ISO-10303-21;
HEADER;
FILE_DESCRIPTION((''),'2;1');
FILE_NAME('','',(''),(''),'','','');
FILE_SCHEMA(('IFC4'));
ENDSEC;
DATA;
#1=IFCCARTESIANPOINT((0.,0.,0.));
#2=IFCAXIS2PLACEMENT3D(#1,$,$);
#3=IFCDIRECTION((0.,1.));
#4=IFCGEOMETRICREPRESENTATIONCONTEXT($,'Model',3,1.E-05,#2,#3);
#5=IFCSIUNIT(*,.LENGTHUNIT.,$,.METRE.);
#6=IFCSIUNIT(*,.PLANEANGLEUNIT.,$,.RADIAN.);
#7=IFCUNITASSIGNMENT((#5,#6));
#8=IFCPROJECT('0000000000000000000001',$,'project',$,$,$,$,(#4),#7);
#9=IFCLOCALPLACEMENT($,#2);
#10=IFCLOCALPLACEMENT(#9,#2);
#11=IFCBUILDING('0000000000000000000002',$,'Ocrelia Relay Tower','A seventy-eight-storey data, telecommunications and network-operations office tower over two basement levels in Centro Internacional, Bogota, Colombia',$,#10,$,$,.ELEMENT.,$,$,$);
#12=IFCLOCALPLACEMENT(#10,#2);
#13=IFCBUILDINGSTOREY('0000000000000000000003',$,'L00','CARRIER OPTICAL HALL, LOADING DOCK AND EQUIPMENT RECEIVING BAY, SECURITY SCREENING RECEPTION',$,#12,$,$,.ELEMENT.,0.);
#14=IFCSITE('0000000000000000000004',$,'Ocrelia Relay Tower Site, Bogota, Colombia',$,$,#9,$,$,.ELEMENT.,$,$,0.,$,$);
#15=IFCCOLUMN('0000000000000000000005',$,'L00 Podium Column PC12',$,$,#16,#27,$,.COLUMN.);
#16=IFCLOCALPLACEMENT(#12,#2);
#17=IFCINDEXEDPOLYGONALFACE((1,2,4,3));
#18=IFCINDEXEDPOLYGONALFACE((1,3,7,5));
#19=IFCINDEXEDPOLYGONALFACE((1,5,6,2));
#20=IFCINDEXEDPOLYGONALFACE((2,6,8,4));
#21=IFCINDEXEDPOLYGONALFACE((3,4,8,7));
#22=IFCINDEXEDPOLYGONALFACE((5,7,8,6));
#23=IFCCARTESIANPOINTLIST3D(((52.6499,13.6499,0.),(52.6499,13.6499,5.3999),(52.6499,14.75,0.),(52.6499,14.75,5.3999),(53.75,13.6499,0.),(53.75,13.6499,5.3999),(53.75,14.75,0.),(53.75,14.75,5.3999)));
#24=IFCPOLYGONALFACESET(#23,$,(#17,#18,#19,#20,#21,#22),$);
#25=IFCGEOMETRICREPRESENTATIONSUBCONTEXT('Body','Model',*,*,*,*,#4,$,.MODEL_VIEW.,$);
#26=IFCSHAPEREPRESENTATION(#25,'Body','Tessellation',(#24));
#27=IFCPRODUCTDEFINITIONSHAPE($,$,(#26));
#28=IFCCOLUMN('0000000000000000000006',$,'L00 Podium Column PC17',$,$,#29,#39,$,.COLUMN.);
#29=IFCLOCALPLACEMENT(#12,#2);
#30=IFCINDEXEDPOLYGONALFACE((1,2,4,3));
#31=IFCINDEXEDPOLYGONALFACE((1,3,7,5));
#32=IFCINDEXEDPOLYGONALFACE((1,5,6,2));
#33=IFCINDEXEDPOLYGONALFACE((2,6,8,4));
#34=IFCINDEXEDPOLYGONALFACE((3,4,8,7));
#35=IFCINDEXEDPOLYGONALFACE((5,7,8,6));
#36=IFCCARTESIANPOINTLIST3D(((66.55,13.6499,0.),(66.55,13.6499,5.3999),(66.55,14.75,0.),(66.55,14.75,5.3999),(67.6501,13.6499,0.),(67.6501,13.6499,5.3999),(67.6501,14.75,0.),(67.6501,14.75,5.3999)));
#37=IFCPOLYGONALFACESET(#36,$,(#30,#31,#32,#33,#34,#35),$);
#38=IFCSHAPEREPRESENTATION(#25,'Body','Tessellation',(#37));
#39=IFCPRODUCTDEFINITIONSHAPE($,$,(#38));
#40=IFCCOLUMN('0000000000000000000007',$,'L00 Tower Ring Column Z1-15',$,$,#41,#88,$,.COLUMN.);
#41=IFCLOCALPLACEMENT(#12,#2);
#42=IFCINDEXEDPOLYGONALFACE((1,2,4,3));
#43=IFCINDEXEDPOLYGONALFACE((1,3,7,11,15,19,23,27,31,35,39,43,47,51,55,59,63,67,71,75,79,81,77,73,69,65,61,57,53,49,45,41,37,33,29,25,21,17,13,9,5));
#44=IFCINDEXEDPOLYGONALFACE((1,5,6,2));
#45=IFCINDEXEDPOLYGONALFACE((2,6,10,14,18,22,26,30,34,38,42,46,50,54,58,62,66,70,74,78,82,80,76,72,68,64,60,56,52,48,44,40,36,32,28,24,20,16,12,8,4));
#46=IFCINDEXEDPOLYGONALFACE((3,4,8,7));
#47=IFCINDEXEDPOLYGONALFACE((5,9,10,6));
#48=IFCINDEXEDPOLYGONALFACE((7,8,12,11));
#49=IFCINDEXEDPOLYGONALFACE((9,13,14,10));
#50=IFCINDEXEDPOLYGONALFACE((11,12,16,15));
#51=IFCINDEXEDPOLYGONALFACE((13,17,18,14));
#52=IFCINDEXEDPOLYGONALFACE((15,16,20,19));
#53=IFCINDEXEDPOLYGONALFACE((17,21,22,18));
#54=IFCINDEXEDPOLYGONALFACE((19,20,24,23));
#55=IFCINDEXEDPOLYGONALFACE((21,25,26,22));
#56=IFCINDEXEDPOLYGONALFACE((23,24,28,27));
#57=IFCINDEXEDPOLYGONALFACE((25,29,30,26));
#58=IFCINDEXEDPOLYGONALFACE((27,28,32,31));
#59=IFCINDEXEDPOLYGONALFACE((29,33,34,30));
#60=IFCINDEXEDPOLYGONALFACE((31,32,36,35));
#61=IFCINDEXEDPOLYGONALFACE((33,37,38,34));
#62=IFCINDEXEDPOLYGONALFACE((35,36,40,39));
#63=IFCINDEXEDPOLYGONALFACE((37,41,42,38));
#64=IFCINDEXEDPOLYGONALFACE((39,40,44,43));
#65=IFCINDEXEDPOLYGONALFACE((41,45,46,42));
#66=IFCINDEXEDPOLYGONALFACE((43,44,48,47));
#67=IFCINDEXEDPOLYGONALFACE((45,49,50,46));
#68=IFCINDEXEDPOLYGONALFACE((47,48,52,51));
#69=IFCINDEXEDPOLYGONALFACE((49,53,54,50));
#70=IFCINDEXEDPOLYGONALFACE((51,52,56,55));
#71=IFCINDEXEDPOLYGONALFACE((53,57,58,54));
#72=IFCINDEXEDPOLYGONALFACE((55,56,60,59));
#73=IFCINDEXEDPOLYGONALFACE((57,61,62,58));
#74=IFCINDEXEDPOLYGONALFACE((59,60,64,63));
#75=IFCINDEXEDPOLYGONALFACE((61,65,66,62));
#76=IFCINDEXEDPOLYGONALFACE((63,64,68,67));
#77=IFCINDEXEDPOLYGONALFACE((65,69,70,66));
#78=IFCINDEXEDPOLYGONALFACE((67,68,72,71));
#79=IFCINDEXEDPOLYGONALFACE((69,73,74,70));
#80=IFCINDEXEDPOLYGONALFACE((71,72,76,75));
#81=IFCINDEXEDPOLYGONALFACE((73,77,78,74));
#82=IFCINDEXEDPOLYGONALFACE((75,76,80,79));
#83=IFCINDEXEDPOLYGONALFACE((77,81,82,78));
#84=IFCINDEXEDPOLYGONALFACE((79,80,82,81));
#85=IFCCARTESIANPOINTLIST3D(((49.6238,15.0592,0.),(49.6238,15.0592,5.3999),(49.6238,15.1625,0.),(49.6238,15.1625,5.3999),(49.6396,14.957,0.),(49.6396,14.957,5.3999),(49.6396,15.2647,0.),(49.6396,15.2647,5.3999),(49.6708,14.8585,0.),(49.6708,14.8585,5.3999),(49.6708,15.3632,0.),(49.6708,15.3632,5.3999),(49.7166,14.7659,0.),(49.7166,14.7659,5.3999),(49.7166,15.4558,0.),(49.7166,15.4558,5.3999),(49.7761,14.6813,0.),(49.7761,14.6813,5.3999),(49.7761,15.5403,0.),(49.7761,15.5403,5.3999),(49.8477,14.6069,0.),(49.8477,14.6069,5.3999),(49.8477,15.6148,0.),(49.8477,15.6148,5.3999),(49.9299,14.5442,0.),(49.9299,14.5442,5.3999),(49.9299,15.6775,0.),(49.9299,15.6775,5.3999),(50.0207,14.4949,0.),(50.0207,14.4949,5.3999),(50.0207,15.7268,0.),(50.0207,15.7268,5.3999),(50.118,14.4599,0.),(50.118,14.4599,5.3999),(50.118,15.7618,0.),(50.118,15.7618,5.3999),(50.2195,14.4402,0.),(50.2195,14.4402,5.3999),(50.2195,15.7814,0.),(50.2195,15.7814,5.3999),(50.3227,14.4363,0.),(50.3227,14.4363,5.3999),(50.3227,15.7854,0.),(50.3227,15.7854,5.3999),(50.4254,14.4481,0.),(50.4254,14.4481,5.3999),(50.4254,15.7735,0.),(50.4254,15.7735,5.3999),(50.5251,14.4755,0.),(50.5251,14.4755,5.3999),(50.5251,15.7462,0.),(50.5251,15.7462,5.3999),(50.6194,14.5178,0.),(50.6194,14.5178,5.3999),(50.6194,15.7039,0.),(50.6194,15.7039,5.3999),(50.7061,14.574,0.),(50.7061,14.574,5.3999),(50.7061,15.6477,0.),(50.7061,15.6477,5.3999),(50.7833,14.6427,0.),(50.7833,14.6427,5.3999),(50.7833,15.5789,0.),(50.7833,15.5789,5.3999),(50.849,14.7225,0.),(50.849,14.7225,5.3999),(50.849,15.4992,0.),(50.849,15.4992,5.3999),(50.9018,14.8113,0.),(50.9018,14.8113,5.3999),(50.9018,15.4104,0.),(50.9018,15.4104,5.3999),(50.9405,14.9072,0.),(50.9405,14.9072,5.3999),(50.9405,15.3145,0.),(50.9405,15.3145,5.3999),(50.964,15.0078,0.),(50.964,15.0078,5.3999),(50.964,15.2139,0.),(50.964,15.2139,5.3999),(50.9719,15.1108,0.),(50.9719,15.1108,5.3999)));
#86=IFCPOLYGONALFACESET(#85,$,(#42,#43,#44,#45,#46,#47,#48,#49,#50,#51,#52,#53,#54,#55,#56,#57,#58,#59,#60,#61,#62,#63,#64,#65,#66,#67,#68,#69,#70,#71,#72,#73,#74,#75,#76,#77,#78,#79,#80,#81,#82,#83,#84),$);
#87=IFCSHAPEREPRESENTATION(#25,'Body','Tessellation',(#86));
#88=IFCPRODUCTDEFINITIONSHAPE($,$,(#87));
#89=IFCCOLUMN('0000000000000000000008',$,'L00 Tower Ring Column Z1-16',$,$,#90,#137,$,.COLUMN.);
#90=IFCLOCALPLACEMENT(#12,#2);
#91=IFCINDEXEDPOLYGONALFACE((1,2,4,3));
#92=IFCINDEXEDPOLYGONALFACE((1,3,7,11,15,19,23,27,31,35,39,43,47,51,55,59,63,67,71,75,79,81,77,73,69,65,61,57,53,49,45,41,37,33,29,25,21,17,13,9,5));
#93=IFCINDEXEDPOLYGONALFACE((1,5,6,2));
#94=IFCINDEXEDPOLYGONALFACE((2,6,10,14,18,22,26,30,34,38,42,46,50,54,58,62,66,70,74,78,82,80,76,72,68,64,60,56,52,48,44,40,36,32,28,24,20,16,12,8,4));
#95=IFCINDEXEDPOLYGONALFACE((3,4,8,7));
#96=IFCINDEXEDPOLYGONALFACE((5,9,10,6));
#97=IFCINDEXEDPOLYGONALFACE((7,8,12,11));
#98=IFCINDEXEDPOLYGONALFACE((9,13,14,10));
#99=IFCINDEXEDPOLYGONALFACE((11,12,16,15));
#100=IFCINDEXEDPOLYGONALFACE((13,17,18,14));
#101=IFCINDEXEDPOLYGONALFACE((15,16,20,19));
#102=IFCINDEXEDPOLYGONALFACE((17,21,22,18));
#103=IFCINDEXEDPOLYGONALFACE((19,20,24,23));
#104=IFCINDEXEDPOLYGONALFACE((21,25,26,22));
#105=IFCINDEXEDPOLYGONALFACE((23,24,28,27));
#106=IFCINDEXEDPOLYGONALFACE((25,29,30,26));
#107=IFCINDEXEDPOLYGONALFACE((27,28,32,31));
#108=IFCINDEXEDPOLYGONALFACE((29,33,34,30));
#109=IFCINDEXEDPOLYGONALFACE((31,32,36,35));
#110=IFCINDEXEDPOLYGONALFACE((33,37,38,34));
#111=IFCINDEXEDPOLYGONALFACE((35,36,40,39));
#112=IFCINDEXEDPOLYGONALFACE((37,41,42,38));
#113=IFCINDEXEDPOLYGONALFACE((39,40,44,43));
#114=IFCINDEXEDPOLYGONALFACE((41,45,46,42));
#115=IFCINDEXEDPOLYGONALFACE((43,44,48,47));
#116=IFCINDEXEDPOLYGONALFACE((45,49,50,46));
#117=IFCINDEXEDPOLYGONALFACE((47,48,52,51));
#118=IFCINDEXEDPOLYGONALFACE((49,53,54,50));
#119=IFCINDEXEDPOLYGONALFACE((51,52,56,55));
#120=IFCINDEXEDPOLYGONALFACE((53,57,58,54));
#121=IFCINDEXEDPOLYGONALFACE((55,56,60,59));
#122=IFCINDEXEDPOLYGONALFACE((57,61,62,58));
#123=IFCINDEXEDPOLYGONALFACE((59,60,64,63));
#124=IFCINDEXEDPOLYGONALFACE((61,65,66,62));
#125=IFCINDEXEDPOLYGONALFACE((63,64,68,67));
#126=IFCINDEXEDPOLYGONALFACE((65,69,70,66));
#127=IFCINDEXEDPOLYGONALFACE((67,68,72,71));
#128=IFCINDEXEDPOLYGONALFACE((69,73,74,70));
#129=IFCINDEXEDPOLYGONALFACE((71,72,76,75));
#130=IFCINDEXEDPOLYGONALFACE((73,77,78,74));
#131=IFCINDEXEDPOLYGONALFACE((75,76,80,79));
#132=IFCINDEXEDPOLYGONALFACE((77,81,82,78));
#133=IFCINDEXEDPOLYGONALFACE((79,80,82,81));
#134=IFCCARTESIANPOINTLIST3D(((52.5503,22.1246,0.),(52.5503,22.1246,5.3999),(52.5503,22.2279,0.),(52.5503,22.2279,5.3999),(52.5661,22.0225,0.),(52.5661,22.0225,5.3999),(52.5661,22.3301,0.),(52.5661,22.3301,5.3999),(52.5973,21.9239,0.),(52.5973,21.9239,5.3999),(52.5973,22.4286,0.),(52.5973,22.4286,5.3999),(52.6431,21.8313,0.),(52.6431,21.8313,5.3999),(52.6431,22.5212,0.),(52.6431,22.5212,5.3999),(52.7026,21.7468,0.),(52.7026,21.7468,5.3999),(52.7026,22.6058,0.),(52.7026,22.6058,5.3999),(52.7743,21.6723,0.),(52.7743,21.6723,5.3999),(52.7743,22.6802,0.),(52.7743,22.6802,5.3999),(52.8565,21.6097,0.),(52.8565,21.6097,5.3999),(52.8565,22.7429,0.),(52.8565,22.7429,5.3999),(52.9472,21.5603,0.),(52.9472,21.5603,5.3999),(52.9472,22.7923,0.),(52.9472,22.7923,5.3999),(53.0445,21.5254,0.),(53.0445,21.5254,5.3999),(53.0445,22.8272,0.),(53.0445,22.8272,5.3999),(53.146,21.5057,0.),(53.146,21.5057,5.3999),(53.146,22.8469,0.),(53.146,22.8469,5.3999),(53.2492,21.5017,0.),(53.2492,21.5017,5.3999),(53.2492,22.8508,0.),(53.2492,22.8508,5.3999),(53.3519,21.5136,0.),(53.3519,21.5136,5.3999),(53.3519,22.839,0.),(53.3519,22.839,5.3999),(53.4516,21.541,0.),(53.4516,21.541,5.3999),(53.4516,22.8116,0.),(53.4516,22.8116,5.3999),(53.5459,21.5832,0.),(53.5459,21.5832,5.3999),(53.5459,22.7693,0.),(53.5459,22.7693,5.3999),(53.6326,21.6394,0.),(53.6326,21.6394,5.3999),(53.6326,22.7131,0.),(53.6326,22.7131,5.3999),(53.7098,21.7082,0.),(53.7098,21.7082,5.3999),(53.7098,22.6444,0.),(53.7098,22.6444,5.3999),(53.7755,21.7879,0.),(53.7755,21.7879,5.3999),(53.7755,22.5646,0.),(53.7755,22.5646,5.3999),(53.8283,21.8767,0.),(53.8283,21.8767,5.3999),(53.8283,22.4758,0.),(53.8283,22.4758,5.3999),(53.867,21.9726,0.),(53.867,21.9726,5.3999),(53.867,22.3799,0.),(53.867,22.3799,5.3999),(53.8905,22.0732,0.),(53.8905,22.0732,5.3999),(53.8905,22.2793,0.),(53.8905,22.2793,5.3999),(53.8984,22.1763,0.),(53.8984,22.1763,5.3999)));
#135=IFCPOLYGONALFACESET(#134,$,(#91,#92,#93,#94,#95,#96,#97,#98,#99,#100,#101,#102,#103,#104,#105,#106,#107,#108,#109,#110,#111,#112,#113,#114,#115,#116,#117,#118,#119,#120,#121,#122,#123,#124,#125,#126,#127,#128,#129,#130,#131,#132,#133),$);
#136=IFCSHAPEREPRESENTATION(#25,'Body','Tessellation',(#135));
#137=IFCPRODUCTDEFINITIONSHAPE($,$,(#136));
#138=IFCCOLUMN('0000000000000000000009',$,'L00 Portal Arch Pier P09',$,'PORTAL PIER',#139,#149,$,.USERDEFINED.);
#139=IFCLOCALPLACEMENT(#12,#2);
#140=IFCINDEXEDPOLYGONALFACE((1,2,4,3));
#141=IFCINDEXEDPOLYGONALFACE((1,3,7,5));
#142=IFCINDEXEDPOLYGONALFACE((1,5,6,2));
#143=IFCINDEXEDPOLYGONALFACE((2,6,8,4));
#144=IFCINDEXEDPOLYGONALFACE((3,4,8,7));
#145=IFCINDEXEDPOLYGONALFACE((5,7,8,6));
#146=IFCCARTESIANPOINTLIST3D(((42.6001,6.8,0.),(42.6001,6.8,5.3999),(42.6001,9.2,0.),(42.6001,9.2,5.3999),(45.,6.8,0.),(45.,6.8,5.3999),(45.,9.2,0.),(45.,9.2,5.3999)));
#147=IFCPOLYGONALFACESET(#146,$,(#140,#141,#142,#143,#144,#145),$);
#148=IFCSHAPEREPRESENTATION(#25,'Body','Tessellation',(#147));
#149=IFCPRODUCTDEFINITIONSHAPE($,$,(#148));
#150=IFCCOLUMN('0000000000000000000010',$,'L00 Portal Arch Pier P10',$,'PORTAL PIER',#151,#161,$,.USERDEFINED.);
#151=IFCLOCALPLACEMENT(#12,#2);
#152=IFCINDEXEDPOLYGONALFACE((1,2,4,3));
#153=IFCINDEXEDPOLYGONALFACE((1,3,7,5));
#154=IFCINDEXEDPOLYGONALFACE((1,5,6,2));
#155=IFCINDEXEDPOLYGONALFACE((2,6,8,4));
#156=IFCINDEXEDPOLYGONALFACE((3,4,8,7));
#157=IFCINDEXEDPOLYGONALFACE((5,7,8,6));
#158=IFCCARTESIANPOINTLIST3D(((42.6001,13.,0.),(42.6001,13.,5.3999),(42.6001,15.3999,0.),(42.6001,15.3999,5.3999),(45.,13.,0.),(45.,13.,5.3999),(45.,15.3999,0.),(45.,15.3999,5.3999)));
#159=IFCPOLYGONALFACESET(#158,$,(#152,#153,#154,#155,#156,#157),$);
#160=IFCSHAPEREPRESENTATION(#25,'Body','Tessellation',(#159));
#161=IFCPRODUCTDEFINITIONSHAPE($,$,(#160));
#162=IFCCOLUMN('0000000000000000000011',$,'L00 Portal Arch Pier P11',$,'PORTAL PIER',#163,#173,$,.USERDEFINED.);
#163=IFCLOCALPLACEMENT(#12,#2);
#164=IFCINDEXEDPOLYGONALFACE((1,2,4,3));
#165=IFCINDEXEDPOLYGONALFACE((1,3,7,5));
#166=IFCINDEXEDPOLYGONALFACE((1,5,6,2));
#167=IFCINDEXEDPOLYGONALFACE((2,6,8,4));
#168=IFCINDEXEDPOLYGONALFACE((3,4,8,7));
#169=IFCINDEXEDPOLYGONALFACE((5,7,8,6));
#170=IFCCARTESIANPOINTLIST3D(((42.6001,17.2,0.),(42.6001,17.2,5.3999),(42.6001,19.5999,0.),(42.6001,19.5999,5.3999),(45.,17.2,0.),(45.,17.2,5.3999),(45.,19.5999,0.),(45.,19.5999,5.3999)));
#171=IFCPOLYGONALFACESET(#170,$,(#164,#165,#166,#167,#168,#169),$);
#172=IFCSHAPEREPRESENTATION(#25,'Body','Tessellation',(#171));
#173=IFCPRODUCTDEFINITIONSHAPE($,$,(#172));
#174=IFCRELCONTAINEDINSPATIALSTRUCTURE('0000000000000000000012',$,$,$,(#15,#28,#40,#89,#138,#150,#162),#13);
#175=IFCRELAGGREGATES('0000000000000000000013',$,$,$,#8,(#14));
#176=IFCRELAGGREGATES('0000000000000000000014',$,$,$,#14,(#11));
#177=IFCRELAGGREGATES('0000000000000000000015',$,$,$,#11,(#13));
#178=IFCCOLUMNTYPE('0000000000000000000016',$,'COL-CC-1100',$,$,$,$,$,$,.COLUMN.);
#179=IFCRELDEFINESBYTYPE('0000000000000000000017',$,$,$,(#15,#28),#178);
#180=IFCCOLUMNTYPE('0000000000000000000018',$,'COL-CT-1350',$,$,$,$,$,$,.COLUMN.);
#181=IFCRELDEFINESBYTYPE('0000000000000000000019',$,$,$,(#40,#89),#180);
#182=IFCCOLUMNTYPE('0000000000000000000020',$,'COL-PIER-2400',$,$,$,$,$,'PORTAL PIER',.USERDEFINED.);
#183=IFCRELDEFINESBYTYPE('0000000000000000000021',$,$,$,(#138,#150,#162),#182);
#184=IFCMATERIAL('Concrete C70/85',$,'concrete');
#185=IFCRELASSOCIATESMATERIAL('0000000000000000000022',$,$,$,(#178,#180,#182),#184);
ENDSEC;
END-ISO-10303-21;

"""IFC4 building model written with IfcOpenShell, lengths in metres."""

from ifc_helpers import new_model, si_unit, direction, frame, origin, origin_2d, place, context, subcontext, project, spatial, rectangle, circle, extrude, material, material_profile, profile_set, type_object, element, save


model = new_model("IFC4")

# Units and contexts
model_context = context("Model", 3, precision=1e-05, world=origin(), true_north=direction((0.0, 1.0)))
body_context = subcontext(model_context, "Body", "Model", "MODEL_VIEW")
ifc_project = project(units=[si_unit("LENGTHUNIT", "METRE"), si_unit("PLANEANGLEUNIT", "RADIAN")], contexts=[model_context])

# Site, building, storey
site_placement = place(None, origin())
site = spatial("IfcSite", under=ifc_project, at=site_placement, Name="Ocrelia Relay Tower Site, Bogota, Colombia", CompositionType="ELEMENT", RefElevation=0.0)
building_placement = place(site_placement, origin())
building = spatial("IfcBuilding", under=site, at=building_placement, Name="Ocrelia Relay Tower", Description="A seventy-eight-storey data, telecommunications and network-operations office tower over two basement levels in Centro Internacional, Bogota, Colombia", CompositionType="ELEMENT")
storey_placement = place(building_placement, origin())
storey = spatial("IfcBuildingStorey", under=building, at=storey_placement, Name="L00", Description="CARRIER OPTICAL HALL, LOADING DOCK AND EQUIPMENT RECEIVING BAY, SECURITY SCREENING RECEPTION", CompositionType="ELEMENT", Elevation=0.0)

# Columns
ifc_material_1 = material(Name="Concrete C70/85", Category="concrete")
ifc_material_profile_1 = material_profile(ifc_material_1, rectangle(XDim=1.1001, YDim=1.1001, at=origin_2d()), Name="RC-COL-1100x1100")
ifc_profile_set_1 = profile_set([ifc_material_profile_1], Name="Concrete C70/85")
column_type_1 = type_object("IfcColumnType", Name="COL-CC-1100", PredefinedType="COLUMN", material=ifc_profile_set_1)
for number, where, z_axis, x_axis, name in (
    (1, (53.2, 14.2, 0.0), (0.0, 0.0, 1.0), (1.0, 0.0, 0.0), "L00 Podium Column PC12"),
    (2, (67.1001, 14.2, 0.0), (0.0, 0.0, 1.0), (1.0, 0.0, 0.0), "L00 Podium Column PC17"),
):
    element("IfcColumn", number, at=place(storey_placement, frame(where, z_axis=z_axis, x_axis=x_axis)), inside=storey, type_object=column_type_1, Name=name, PredefinedType="COLUMN", context=body_context, shape_type="SweptSolid", body=[
        extrude(rectangle(XDim=1.1001, YDim=1.1001, at=origin_2d()), origin(), (0.0, 0.0, 1.0), 5.3999),
    ])
ifc_material_profile_2 = material_profile(ifc_material_1, circle(Radius=0.675, at=origin_2d()), Name="RC-CIR-1350")
ifc_profile_set_2 = profile_set([ifc_material_profile_2], Name="Concrete C70/85")
column_type_2 = type_object("IfcColumnType", Name="COL-CT-1350", PredefinedType="COLUMN", material=ifc_profile_set_2)
for number, where, z_axis, x_axis, name in (
    (3, (50.2969, 15.1108, 0.0), (0.0, 0.0, 1.0), (1.0, 0.0, 0.0), "L00 Tower Ring Column Z1-15"),
    (4, (53.2234, 22.1763, 0.0), (0.0, 0.0, 1.0), (1.0, 0.0, 0.0), "L00 Tower Ring Column Z1-16"),
):
    element("IfcColumn", number, at=place(storey_placement, frame(where, z_axis=z_axis, x_axis=x_axis)), inside=storey, type_object=column_type_2, Name=name, PredefinedType="COLUMN", context=body_context, shape_type="SweptSolid", body=[
        extrude(circle(Radius=0.675, at=origin_2d()), origin(), (0.0, 0.0, 1.0), 5.3999),
    ])
ifc_material_profile_3 = material_profile(ifc_material_1, rectangle(XDim=2.3999, YDim=2.3999, at=origin_2d()), Name="RC-PIER-2400x2400")
ifc_profile_set_3 = profile_set([ifc_material_profile_3], Name="Concrete C70/85")
column_type_3 = type_object("IfcColumnType", Name="COL-PIER-2400", ElementType="PORTAL PIER", PredefinedType="USERDEFINED", material=ifc_profile_set_3)
for number, where, z_axis, x_axis, name in (
    (5, (43.8, 8.0, 0.0), (0.0, 0.0, 1.0), (1.0, 0.0, 0.0), "L00 Portal Arch Pier P09"),
    (6, (43.8, 14.2, 0.0), (0.0, 0.0, 1.0), (1.0, 0.0, 0.0), "L00 Portal Arch Pier P10"),
    (7, (43.8, 18.3999, 0.0), (0.0, 0.0, 1.0), (1.0, 0.0, 0.0), "L00 Portal Arch Pier P11"),
):
    element("IfcColumn", number, at=place(storey_placement, frame(where, z_axis=z_axis, x_axis=x_axis)), inside=storey, type_object=column_type_3, Name=name, ObjectType="PORTAL PIER", PredefinedType="USERDEFINED", context=body_context, shape_type="SweptSolid", body=[
        extrude(rectangle(XDim=2.3999, YDim=2.3999, at=origin_2d()), origin(), (0.0, 0.0, 1.0), 5.3999),
    ])

save(model, "model.ifc")
